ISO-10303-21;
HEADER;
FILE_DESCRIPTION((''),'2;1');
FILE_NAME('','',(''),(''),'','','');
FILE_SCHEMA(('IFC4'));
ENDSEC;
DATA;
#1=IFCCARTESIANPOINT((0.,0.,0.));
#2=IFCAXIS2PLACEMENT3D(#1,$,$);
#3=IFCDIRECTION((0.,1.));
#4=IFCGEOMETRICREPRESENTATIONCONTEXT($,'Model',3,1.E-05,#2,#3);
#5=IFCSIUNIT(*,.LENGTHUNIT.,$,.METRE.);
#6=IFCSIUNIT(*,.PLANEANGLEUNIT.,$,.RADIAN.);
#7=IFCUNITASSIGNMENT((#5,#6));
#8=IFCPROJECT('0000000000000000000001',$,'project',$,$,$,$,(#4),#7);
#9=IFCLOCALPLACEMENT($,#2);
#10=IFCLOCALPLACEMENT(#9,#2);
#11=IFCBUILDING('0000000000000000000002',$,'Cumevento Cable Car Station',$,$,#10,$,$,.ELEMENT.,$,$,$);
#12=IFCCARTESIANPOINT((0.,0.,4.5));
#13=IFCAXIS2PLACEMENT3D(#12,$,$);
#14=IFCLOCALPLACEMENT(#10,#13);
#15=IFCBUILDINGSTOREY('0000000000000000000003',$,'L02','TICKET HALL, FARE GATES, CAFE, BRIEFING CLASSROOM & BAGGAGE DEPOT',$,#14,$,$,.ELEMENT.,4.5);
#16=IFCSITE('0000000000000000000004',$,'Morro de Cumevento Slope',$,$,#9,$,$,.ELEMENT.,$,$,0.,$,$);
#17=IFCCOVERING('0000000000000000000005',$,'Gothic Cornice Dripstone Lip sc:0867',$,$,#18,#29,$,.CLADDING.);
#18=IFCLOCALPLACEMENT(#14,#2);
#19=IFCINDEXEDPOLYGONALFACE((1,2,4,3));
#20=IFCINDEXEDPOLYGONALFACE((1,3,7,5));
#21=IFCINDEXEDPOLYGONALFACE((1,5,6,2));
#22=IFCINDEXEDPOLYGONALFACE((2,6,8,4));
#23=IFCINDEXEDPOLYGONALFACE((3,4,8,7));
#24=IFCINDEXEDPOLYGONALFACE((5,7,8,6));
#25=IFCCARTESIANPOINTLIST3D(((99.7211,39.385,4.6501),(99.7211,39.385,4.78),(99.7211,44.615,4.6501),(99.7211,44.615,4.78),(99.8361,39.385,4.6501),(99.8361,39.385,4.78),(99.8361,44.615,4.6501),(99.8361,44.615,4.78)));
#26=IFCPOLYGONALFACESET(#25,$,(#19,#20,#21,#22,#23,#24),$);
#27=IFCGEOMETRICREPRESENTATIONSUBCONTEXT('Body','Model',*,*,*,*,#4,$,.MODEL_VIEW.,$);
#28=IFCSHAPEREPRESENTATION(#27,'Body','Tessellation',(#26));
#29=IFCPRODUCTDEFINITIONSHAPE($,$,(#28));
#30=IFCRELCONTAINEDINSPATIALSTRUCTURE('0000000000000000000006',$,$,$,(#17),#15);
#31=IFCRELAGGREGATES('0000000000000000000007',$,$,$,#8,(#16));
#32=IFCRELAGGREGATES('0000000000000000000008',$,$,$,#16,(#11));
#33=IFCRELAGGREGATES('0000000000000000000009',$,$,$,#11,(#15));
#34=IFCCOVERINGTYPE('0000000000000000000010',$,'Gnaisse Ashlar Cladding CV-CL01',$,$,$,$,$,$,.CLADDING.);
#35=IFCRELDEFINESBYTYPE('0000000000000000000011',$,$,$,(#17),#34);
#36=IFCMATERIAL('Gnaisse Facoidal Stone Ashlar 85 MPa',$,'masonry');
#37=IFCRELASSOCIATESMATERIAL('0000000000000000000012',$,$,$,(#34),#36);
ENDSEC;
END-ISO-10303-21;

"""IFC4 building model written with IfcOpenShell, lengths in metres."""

from ifc_helpers import new_model, si_unit, direction, frame, origin, origin_2d, place, context, subcontext, project, spatial, rectangle, extrude, material, type_object, element, save


model = new_model("IFC4")

# Units and contexts
model_context = context("Model", 3, precision=1e-05, world=origin(), true_north=direction((0.0, 1.0)))
body_context = subcontext(model_context, "Body", "Model", "MODEL_VIEW")
ifc_project = project(units=[si_unit("LENGTHUNIT", "METRE"), si_unit("PLANEANGLEUNIT", "RADIAN")], contexts=[model_context])

# Site, building, storey
site_placement = place(None, origin())
site = spatial("IfcSite", under=ifc_project, at=site_placement, Name="Morro de Cumevento Slope", CompositionType="ELEMENT", RefElevation=0.0)
building_placement = place(site_placement, origin())
building = spatial("IfcBuilding", under=site, at=building_placement, Name="Cumevento Cable Car Station", CompositionType="ELEMENT")
storey_placement = place(building_placement, frame((0.0, 0.0, 4.5)))
storey = spatial("IfcBuildingStorey", under=building, at=storey_placement, Name="L02", Description="TICKET HALL, FARE GATES, CAFE, BRIEFING CLASSROOM & BAGGAGE DEPOT", CompositionType="ELEMENT", Elevation=4.5)

# Covering
ifc_material_1 = material(Name="Gnaisse Facoidal Stone Ashlar 85 MPa", Category="masonry")
covering_type = type_object("IfcCoveringType", Name="Gnaisse Ashlar Cladding CV-CL01", PredefinedType="CLADDING", material=ifc_material_1)
covering_1_placement = place(storey_placement, frame((99.7786, 42.0, 4.6501), z_axis=(0.0, 0.0, 1.0), x_axis=(0.0, 1.0, 0.0)))
element("IfcCovering", 1, at=covering_1_placement, inside=storey, type_object=covering_type, Name="Gothic Cornice Dripstone Lip sc:0867", PredefinedType="CLADDING", context=body_context, shape_type="SweptSolid", body=[
    extrude(rectangle(XDim=5.23, YDim=0.115, at=origin_2d()), origin(), (0.0, 0.0, 1.0), 0.1299),
])

save(model, "model.ifc")
